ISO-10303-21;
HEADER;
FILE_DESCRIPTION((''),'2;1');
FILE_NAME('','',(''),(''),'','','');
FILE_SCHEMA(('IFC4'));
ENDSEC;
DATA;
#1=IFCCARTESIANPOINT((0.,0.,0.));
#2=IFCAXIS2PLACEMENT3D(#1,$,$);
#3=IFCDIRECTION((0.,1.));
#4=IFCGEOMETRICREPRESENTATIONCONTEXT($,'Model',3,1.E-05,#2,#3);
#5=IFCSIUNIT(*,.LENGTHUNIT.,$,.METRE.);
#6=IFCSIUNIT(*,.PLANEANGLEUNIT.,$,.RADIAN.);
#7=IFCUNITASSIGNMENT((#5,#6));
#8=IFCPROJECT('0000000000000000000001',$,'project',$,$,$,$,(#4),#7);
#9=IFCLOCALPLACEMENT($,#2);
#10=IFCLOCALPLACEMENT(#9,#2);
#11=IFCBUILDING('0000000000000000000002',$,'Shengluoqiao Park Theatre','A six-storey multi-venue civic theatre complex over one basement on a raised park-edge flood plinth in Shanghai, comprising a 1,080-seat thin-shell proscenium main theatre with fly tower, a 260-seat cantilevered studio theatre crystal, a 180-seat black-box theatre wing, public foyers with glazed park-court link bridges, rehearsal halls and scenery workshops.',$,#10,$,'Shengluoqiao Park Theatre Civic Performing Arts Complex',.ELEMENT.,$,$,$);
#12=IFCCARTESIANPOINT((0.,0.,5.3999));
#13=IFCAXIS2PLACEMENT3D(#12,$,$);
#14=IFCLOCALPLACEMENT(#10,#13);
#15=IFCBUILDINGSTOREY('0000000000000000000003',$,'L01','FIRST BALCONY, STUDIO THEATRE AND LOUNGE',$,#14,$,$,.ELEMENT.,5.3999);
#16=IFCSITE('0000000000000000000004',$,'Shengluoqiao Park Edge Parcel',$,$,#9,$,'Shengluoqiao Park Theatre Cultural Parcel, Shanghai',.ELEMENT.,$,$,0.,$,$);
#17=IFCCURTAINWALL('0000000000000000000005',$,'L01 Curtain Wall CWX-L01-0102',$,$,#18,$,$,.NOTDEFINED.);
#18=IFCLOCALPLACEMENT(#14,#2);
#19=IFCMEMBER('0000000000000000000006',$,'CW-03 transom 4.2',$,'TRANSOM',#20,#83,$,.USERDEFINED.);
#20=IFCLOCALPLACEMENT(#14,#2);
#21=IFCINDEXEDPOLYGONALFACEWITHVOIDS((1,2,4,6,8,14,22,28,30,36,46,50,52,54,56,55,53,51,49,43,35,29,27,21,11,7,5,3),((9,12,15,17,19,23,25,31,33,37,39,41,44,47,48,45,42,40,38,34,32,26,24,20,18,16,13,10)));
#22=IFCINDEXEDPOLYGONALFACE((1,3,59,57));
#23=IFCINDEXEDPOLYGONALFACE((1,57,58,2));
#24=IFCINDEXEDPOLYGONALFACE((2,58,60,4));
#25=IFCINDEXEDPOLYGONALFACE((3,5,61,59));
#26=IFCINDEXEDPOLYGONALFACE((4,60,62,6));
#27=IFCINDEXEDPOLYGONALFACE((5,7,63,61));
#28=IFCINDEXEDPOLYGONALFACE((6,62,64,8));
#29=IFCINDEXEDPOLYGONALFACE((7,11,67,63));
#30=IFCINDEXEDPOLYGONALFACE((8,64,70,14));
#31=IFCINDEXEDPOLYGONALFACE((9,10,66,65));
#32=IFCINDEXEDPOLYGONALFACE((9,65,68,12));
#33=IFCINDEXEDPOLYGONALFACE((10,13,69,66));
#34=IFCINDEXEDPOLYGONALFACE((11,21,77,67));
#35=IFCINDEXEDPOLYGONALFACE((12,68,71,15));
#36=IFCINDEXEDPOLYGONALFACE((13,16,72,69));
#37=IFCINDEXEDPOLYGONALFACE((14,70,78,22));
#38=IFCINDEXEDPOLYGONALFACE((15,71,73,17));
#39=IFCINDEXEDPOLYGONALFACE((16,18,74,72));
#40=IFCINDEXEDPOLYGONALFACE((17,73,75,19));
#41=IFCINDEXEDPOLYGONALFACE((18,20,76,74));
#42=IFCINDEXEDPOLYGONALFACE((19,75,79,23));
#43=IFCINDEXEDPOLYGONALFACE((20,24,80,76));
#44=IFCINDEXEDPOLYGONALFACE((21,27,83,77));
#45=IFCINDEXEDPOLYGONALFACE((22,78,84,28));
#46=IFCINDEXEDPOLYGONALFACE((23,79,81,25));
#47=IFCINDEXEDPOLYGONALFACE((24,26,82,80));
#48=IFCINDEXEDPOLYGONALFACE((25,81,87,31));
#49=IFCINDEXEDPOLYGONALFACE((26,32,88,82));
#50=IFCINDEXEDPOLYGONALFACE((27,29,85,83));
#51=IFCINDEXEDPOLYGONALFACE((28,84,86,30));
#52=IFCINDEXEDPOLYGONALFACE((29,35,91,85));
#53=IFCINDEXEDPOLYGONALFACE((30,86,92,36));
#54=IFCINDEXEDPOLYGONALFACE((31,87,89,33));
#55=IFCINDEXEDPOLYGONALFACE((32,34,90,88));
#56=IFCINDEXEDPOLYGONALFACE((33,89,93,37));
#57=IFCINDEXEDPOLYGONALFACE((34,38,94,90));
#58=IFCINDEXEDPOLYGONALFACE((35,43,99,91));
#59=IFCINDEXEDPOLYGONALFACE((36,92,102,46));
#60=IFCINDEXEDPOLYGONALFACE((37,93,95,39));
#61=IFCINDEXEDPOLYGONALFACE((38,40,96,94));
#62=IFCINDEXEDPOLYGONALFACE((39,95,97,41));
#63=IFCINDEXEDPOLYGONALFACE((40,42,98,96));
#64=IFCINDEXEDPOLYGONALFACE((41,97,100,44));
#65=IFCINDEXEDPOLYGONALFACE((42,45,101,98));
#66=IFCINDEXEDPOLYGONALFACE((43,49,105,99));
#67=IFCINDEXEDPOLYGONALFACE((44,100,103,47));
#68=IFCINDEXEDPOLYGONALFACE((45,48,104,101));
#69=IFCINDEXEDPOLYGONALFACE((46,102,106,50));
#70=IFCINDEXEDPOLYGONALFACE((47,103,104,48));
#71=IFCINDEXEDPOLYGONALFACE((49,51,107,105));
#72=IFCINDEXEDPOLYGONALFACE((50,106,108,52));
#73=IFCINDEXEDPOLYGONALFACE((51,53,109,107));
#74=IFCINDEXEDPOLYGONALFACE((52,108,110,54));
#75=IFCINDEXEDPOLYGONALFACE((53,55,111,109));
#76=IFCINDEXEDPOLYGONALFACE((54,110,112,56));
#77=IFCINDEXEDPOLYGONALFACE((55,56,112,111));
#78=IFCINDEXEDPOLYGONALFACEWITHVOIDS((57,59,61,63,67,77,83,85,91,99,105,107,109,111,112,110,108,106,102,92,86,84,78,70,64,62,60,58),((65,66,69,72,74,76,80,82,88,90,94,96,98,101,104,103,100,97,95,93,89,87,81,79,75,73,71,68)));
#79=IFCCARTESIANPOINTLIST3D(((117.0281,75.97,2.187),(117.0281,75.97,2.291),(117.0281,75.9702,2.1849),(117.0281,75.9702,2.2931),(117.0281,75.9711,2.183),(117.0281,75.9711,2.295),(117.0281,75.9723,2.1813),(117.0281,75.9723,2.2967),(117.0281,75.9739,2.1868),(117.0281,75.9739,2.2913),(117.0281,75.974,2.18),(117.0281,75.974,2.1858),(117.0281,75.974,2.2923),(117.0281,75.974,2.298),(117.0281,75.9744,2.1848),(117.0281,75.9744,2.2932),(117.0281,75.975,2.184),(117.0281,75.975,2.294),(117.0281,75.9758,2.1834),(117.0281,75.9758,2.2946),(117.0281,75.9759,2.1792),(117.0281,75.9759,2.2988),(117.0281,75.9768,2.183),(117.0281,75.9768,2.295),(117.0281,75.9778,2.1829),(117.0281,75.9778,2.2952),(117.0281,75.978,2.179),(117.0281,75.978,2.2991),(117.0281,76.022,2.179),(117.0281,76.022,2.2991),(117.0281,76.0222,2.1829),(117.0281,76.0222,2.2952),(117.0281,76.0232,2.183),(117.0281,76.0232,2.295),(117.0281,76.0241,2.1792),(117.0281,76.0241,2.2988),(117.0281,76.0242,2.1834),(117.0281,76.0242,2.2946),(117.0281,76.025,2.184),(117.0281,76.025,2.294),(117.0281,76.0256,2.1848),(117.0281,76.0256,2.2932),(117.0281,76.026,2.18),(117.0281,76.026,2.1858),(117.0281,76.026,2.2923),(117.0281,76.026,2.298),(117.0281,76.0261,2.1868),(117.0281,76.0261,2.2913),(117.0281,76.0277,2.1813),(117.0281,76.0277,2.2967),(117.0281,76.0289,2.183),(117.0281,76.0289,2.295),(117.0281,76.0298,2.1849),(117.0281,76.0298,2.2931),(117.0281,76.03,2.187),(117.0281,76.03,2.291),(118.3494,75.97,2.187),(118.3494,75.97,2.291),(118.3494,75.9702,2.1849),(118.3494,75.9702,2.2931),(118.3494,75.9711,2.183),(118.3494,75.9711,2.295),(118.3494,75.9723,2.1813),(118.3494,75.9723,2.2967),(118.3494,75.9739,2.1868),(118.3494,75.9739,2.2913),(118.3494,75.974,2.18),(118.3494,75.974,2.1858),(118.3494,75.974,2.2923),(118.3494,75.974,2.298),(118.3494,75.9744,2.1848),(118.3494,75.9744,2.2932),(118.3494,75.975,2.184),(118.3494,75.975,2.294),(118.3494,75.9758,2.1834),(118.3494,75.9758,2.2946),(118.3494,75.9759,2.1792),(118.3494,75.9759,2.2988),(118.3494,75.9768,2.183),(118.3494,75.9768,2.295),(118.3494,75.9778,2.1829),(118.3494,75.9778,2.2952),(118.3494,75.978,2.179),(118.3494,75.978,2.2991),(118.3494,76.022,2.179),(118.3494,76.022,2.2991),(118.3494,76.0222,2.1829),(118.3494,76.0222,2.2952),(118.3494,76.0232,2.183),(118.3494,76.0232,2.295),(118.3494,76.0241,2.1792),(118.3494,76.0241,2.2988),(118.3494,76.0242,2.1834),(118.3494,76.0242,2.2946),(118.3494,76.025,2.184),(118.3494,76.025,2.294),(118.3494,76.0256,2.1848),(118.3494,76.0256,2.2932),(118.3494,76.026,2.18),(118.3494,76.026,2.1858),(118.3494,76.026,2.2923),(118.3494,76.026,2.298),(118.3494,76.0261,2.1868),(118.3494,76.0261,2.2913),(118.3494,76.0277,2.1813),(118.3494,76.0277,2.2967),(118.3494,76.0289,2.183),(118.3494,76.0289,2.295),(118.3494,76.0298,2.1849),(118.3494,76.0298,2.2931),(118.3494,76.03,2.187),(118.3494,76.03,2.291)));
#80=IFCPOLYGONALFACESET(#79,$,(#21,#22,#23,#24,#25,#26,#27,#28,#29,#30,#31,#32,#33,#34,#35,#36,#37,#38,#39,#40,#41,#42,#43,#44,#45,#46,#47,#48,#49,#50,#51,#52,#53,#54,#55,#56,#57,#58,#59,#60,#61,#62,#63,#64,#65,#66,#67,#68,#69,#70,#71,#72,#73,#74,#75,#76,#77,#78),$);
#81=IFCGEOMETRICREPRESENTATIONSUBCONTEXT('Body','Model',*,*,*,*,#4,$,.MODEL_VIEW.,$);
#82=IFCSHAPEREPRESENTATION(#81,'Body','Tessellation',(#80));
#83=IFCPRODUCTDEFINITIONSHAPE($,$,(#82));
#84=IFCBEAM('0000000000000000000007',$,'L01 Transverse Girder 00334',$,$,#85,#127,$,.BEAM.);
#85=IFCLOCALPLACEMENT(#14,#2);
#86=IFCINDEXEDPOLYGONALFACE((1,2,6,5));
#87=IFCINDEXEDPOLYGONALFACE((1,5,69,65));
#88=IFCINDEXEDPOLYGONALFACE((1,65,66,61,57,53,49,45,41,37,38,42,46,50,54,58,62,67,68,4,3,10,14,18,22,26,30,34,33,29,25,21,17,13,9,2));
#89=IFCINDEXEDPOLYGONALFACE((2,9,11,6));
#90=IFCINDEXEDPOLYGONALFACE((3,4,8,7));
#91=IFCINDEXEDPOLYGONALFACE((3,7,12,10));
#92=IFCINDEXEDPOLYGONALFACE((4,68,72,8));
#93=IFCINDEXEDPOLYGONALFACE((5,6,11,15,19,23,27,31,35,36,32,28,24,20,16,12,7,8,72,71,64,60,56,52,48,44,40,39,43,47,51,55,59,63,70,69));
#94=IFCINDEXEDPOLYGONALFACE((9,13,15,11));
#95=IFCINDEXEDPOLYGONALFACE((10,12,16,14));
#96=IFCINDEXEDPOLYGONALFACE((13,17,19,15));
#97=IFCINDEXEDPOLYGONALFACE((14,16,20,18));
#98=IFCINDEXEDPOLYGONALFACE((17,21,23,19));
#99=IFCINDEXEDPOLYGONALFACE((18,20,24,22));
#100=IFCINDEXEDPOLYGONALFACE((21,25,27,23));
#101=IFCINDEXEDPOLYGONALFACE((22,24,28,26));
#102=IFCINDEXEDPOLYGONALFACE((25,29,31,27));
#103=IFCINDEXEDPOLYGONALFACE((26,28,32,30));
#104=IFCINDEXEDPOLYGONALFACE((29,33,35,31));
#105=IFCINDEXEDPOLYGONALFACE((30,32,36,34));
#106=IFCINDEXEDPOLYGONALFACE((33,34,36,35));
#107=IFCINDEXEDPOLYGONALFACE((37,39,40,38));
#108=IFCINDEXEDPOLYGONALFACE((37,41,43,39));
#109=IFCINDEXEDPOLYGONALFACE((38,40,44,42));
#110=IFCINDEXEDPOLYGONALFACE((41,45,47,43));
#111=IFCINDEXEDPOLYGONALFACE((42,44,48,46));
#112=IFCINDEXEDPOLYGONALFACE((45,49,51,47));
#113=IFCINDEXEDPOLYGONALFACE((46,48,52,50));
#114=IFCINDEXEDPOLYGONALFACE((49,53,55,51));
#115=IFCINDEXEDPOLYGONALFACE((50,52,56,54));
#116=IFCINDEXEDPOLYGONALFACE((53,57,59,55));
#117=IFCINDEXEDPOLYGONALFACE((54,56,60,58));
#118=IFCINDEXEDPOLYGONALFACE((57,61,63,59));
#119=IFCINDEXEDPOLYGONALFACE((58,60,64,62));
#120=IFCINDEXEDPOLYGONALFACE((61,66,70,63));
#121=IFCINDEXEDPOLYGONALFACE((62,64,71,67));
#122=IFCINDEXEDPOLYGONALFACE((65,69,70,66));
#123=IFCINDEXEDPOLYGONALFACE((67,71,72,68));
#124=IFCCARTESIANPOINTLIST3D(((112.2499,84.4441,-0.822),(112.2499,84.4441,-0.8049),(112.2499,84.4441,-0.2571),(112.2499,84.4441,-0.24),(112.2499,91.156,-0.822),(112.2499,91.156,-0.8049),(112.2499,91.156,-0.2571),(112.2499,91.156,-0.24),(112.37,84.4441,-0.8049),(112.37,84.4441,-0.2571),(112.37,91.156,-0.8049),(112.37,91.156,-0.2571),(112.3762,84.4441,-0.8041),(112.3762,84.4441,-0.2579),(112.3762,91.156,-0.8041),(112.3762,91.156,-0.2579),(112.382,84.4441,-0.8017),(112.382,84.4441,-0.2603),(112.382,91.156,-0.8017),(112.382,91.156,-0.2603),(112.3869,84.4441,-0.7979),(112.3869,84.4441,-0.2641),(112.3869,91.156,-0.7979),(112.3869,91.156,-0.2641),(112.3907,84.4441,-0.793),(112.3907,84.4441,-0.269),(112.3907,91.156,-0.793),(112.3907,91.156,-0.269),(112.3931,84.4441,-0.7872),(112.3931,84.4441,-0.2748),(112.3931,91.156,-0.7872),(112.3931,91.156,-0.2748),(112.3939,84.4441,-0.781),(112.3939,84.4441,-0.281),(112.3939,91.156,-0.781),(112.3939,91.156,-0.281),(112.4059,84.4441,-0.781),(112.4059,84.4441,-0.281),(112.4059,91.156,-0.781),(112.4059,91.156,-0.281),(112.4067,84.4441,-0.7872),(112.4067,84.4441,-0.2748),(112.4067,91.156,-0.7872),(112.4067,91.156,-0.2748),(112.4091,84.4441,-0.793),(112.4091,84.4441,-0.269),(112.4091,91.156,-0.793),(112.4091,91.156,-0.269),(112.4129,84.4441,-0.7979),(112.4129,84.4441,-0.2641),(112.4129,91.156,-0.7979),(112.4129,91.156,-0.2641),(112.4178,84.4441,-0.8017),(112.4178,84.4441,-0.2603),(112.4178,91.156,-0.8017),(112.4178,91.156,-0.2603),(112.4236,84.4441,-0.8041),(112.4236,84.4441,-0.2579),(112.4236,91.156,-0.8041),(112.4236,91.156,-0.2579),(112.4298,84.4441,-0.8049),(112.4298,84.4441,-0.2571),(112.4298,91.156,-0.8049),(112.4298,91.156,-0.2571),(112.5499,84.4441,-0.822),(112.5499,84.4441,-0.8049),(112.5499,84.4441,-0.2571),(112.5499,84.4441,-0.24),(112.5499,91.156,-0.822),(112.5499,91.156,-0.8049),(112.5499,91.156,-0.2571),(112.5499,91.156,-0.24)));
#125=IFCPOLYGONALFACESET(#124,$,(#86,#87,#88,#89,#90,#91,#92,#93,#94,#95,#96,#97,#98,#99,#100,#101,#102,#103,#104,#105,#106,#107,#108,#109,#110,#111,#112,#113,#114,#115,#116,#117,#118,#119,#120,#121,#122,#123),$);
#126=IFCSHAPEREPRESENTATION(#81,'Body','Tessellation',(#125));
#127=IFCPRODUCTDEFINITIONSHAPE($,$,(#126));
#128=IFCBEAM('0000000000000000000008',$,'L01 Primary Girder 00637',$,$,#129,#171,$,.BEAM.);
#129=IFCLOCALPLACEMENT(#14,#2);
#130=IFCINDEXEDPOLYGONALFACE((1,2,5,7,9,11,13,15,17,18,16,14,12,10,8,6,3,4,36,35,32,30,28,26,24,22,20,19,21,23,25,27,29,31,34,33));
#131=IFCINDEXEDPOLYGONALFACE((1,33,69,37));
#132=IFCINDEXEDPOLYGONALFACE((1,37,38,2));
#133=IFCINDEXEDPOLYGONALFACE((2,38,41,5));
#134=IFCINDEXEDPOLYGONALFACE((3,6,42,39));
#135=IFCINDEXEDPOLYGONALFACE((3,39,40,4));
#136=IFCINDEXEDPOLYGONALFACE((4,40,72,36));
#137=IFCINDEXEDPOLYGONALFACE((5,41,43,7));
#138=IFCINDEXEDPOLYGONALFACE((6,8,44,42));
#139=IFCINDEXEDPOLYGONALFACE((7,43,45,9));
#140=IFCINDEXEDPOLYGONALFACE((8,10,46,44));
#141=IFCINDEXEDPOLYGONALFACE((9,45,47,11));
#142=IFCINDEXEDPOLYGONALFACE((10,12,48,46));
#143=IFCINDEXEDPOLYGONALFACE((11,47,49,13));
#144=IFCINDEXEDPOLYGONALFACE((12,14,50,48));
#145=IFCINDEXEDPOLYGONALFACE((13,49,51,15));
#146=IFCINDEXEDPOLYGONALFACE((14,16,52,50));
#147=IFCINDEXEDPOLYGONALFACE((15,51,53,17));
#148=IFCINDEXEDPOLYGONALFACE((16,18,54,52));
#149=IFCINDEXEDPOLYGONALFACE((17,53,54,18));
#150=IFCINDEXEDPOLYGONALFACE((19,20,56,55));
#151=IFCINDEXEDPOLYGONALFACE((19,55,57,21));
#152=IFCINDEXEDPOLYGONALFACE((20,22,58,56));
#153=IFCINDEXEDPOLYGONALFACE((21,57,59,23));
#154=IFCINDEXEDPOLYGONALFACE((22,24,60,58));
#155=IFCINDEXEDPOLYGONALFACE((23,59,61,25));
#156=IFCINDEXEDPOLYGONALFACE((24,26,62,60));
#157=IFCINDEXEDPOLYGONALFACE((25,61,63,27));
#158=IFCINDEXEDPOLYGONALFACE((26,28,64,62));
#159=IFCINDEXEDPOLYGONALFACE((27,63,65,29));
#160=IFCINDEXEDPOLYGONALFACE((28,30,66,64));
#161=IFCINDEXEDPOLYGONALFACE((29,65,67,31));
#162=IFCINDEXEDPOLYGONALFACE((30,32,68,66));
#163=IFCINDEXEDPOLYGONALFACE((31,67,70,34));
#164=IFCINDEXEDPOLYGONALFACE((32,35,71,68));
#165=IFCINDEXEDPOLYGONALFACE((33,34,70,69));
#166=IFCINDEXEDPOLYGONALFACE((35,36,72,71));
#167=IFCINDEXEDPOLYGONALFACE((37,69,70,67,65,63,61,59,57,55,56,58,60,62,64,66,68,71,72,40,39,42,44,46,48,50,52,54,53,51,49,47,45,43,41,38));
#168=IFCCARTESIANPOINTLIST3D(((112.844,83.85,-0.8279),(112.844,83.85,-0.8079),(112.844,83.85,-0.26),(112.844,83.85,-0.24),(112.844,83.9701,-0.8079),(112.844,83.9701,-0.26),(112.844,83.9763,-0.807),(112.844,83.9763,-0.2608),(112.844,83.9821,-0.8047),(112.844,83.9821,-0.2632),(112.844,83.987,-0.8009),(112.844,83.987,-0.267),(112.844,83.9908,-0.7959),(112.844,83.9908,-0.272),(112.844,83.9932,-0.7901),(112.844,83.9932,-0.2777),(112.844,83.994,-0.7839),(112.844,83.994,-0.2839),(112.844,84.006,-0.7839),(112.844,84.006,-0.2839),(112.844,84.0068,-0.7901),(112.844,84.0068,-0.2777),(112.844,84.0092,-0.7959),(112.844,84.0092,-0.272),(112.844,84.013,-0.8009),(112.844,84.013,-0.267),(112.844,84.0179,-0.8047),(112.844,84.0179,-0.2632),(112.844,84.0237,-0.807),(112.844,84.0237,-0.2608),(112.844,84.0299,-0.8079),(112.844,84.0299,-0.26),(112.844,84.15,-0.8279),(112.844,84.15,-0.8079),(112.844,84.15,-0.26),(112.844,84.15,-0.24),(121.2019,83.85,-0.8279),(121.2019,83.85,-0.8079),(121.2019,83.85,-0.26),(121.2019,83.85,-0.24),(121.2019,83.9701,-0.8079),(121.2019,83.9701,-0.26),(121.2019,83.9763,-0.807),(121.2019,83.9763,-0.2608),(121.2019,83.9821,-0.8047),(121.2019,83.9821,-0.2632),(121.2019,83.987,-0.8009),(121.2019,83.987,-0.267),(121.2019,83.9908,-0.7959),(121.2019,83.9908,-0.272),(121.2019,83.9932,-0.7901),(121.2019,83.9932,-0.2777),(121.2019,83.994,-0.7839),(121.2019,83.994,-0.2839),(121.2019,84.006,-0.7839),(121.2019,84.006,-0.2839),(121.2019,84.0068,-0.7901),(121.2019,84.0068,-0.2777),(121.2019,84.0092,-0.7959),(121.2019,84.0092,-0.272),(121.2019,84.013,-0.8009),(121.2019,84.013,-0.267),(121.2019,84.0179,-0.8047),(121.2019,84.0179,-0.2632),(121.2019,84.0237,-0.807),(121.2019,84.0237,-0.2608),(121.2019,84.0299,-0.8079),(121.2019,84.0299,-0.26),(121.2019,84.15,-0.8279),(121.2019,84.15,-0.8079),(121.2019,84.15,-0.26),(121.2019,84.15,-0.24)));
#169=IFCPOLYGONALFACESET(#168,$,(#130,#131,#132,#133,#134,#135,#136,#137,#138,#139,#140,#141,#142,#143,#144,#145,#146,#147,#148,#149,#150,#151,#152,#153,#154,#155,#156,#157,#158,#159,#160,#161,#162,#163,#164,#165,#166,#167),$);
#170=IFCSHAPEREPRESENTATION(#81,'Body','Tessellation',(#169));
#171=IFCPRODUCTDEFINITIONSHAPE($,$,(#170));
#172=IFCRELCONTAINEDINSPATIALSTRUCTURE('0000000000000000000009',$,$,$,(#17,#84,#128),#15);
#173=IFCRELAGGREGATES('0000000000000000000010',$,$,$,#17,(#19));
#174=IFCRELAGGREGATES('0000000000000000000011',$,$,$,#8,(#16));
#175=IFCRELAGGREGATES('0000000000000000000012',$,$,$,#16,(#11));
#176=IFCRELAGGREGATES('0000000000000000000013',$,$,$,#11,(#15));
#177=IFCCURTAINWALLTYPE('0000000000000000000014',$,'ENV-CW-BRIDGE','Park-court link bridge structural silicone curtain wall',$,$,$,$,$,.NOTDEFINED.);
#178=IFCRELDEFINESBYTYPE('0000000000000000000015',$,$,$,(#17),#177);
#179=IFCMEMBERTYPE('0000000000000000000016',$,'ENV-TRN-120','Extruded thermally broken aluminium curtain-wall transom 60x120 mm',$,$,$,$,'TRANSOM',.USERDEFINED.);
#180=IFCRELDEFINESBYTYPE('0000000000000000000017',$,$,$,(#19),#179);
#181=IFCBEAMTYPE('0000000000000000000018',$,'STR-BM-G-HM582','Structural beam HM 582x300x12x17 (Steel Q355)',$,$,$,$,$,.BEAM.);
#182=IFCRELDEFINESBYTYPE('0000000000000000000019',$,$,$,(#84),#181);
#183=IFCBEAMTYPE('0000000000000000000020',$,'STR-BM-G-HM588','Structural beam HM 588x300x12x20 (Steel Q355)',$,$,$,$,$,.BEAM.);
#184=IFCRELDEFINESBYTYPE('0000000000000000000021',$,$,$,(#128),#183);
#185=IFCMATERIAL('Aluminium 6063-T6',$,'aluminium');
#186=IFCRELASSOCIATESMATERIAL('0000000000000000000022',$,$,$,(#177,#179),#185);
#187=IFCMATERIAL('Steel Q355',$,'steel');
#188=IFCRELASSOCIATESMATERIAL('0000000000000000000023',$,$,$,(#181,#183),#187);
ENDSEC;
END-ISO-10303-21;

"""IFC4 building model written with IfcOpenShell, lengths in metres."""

from ifc_helpers import new_model, si_unit, direction, frame, origin, origin_2d, place, context, subcontext, project, spatial, hollow_rectangle, i_section, extrude, material, material_profile, profile_set, type_object, element, aggregate, save


model = new_model("IFC4")

# Units and contexts
model_context = context("Model", 3, precision=1e-05, world=origin(), true_north=direction((0.0, 1.0)))
body_context = subcontext(model_context, "Body", "Model", "MODEL_VIEW")
ifc_project = project(units=[si_unit("LENGTHUNIT", "METRE"), si_unit("PLANEANGLEUNIT", "RADIAN")], contexts=[model_context])

# Site, building, storey
site_placement = place(None, origin())
site = spatial("IfcSite", under=ifc_project, at=site_placement, Name="Shengluoqiao Park Edge Parcel", LongName="Shengluoqiao Park Theatre Cultural Parcel, Shanghai", CompositionType="ELEMENT", RefElevation=0.0)
building_placement = place(site_placement, origin())
building = spatial("IfcBuilding", under=site, at=building_placement, Name="Shengluoqiao Park Theatre", Description="A six-storey multi-venue civic theatre complex over one basement on a raised park-edge flood plinth in Shanghai, comprising a 1,080-seat thin-shell proscenium main theatre with fly tower, a 260-seat cantilevered studio theatre crystal, a 180-seat black-box theatre wing, public foyers with glazed park-court link bridges, rehearsal halls and scenery workshops.", LongName="Shengluoqiao Park Theatre Civic Performing Arts Complex", CompositionType="ELEMENT")
storey_placement = place(building_placement, frame((0.0, 0.0, 5.3999)))
storey = spatial("IfcBuildingStorey", under=building, at=storey_placement, Name="L01", Description="FIRST BALCONY, STUDIO THEATRE AND LOUNGE", CompositionType="ELEMENT", Elevation=5.3999)

# Curtain wall, member
ifc_material_1 = material(Name="Aluminium 6063-T6", Category="aluminium")
curtain_wall_type = type_object("IfcCurtainWallType", Name="ENV-CW-BRIDGE", Description="Park-court link bridge structural silicone curtain wall", PredefinedType="NOTDEFINED", material=ifc_material_1)
curtain_wall_placement = place(storey_placement, origin())
curtain_wall = element("IfcCurtainWall", 1, at=curtain_wall_placement, inside=storey, type_object=curtain_wall_type, Name="L01 Curtain Wall CWX-L01-0102", PredefinedType="NOTDEFINED")
ifc_material_profile_1 = material_profile(ifc_material_1, hollow_rectangle(XDim=0.0601, YDim=0.1201, WallThickness=0.0039, InnerFilletRadius=0.0039, OuterFilletRadius=0.0081, at=origin_2d()), Name="ALU TRANSOM 120x60x4")
ifc_profile_set_1 = profile_set([ifc_material_profile_1], Name="Aluminium 6063-T6")
member_type_1 = type_object("IfcMemberType", Name="ENV-TRN-120", Description="Extruded thermally broken aluminium curtain-wall transom 60x120 mm", ElementType="TRANSOM", PredefinedType="USERDEFINED", material=ifc_profile_set_1)
member_1_placement = place(storey_placement, frame((117.0281, 76.0, 2.239), z_axis=(1.0, 0.0, 0.0), x_axis=(0.0, 1.0, 0.0)))
member_1 = element("IfcMember", 2, at=member_1_placement, type_object=member_type_1, Name="CW-03 transom 4.2", ObjectType="TRANSOM", PredefinedType="USERDEFINED", context=body_context, shape_type="SweptSolid", body=[
    extrude(hollow_rectangle(XDim=0.0601, YDim=0.1201, WallThickness=0.0039, InnerFilletRadius=0.0039, OuterFilletRadius=0.0081, at=origin_2d()), origin(), (0.0, 0.0, 1.0), 1.3213),
])

# Beams
ifc_material_2 = material(Name="Steel Q355", Category="steel")
ifc_material_profile_2 = material_profile(ifc_material_2, i_section(OverallWidth=0.3, OverallDepth=0.582, WebThickness=0.012, FlangeThickness=0.0171, FilletRadius=0.0239, at=origin_2d()), Name="HM 582x300x12x17")
ifc_profile_set_2 = profile_set([ifc_material_profile_2], Name="Steel Q355")
beam_type_1 = type_object("IfcBeamType", Name="STR-BM-G-HM582", Description="Structural beam HM 582x300x12x17 (Steel Q355)", PredefinedType="BEAM", material=ifc_profile_set_2)
beam_1_placement = place(storey_placement, frame((112.3999, 84.4441, -0.531), z_axis=(0.0, 1.0, 0.0), x_axis=(-1.0, 0.0, 0.0)))
element("IfcBeam", 3, at=beam_1_placement, inside=storey, type_object=beam_type_1, Name="L01 Transverse Girder 00334", PredefinedType="BEAM", context=body_context, shape_type="SweptSolid", body=[
    extrude(i_section(OverallWidth=0.3, OverallDepth=0.582, WebThickness=0.012, FlangeThickness=0.0171, FilletRadius=0.0239, at=origin_2d()), origin(), (0.0, 0.0, 1.0), 6.7119),
])
ifc_material_profile_3 = material_profile(ifc_material_2, i_section(OverallWidth=0.3, OverallDepth=0.5879, WebThickness=0.012, FlangeThickness=0.02, FilletRadius=0.0239, at=origin_2d()), Name="HM 588x300x12x20")
ifc_profile_set_3 = profile_set([ifc_material_profile_3], Name="Steel Q355")
beam_type_2 = type_object("IfcBeamType", Name="STR-BM-G-HM588", Description="Structural beam HM 588x300x12x20 (Steel Q355)", PredefinedType="BEAM", material=ifc_profile_set_3)
beam_2_placement = place(storey_placement, frame((112.844, 84.0, -0.5339), z_axis=(1.0, 0.0, 0.0), x_axis=(0.0, 1.0, 0.0)))
element("IfcBeam", 4, at=beam_2_placement, inside=storey, type_object=beam_type_2, Name="L01 Primary Girder 00637", PredefinedType="BEAM", context=body_context, shape_type="SweptSolid", body=[
    extrude(i_section(OverallWidth=0.3, OverallDepth=0.5879, WebThickness=0.012, FlangeThickness=0.02, FilletRadius=0.0239, at=origin_2d()), origin(), (0.0, 0.0, 1.0), 8.3579),
])

aggregate(curtain_wall, [member_1])

save(model, "model.ifc")
